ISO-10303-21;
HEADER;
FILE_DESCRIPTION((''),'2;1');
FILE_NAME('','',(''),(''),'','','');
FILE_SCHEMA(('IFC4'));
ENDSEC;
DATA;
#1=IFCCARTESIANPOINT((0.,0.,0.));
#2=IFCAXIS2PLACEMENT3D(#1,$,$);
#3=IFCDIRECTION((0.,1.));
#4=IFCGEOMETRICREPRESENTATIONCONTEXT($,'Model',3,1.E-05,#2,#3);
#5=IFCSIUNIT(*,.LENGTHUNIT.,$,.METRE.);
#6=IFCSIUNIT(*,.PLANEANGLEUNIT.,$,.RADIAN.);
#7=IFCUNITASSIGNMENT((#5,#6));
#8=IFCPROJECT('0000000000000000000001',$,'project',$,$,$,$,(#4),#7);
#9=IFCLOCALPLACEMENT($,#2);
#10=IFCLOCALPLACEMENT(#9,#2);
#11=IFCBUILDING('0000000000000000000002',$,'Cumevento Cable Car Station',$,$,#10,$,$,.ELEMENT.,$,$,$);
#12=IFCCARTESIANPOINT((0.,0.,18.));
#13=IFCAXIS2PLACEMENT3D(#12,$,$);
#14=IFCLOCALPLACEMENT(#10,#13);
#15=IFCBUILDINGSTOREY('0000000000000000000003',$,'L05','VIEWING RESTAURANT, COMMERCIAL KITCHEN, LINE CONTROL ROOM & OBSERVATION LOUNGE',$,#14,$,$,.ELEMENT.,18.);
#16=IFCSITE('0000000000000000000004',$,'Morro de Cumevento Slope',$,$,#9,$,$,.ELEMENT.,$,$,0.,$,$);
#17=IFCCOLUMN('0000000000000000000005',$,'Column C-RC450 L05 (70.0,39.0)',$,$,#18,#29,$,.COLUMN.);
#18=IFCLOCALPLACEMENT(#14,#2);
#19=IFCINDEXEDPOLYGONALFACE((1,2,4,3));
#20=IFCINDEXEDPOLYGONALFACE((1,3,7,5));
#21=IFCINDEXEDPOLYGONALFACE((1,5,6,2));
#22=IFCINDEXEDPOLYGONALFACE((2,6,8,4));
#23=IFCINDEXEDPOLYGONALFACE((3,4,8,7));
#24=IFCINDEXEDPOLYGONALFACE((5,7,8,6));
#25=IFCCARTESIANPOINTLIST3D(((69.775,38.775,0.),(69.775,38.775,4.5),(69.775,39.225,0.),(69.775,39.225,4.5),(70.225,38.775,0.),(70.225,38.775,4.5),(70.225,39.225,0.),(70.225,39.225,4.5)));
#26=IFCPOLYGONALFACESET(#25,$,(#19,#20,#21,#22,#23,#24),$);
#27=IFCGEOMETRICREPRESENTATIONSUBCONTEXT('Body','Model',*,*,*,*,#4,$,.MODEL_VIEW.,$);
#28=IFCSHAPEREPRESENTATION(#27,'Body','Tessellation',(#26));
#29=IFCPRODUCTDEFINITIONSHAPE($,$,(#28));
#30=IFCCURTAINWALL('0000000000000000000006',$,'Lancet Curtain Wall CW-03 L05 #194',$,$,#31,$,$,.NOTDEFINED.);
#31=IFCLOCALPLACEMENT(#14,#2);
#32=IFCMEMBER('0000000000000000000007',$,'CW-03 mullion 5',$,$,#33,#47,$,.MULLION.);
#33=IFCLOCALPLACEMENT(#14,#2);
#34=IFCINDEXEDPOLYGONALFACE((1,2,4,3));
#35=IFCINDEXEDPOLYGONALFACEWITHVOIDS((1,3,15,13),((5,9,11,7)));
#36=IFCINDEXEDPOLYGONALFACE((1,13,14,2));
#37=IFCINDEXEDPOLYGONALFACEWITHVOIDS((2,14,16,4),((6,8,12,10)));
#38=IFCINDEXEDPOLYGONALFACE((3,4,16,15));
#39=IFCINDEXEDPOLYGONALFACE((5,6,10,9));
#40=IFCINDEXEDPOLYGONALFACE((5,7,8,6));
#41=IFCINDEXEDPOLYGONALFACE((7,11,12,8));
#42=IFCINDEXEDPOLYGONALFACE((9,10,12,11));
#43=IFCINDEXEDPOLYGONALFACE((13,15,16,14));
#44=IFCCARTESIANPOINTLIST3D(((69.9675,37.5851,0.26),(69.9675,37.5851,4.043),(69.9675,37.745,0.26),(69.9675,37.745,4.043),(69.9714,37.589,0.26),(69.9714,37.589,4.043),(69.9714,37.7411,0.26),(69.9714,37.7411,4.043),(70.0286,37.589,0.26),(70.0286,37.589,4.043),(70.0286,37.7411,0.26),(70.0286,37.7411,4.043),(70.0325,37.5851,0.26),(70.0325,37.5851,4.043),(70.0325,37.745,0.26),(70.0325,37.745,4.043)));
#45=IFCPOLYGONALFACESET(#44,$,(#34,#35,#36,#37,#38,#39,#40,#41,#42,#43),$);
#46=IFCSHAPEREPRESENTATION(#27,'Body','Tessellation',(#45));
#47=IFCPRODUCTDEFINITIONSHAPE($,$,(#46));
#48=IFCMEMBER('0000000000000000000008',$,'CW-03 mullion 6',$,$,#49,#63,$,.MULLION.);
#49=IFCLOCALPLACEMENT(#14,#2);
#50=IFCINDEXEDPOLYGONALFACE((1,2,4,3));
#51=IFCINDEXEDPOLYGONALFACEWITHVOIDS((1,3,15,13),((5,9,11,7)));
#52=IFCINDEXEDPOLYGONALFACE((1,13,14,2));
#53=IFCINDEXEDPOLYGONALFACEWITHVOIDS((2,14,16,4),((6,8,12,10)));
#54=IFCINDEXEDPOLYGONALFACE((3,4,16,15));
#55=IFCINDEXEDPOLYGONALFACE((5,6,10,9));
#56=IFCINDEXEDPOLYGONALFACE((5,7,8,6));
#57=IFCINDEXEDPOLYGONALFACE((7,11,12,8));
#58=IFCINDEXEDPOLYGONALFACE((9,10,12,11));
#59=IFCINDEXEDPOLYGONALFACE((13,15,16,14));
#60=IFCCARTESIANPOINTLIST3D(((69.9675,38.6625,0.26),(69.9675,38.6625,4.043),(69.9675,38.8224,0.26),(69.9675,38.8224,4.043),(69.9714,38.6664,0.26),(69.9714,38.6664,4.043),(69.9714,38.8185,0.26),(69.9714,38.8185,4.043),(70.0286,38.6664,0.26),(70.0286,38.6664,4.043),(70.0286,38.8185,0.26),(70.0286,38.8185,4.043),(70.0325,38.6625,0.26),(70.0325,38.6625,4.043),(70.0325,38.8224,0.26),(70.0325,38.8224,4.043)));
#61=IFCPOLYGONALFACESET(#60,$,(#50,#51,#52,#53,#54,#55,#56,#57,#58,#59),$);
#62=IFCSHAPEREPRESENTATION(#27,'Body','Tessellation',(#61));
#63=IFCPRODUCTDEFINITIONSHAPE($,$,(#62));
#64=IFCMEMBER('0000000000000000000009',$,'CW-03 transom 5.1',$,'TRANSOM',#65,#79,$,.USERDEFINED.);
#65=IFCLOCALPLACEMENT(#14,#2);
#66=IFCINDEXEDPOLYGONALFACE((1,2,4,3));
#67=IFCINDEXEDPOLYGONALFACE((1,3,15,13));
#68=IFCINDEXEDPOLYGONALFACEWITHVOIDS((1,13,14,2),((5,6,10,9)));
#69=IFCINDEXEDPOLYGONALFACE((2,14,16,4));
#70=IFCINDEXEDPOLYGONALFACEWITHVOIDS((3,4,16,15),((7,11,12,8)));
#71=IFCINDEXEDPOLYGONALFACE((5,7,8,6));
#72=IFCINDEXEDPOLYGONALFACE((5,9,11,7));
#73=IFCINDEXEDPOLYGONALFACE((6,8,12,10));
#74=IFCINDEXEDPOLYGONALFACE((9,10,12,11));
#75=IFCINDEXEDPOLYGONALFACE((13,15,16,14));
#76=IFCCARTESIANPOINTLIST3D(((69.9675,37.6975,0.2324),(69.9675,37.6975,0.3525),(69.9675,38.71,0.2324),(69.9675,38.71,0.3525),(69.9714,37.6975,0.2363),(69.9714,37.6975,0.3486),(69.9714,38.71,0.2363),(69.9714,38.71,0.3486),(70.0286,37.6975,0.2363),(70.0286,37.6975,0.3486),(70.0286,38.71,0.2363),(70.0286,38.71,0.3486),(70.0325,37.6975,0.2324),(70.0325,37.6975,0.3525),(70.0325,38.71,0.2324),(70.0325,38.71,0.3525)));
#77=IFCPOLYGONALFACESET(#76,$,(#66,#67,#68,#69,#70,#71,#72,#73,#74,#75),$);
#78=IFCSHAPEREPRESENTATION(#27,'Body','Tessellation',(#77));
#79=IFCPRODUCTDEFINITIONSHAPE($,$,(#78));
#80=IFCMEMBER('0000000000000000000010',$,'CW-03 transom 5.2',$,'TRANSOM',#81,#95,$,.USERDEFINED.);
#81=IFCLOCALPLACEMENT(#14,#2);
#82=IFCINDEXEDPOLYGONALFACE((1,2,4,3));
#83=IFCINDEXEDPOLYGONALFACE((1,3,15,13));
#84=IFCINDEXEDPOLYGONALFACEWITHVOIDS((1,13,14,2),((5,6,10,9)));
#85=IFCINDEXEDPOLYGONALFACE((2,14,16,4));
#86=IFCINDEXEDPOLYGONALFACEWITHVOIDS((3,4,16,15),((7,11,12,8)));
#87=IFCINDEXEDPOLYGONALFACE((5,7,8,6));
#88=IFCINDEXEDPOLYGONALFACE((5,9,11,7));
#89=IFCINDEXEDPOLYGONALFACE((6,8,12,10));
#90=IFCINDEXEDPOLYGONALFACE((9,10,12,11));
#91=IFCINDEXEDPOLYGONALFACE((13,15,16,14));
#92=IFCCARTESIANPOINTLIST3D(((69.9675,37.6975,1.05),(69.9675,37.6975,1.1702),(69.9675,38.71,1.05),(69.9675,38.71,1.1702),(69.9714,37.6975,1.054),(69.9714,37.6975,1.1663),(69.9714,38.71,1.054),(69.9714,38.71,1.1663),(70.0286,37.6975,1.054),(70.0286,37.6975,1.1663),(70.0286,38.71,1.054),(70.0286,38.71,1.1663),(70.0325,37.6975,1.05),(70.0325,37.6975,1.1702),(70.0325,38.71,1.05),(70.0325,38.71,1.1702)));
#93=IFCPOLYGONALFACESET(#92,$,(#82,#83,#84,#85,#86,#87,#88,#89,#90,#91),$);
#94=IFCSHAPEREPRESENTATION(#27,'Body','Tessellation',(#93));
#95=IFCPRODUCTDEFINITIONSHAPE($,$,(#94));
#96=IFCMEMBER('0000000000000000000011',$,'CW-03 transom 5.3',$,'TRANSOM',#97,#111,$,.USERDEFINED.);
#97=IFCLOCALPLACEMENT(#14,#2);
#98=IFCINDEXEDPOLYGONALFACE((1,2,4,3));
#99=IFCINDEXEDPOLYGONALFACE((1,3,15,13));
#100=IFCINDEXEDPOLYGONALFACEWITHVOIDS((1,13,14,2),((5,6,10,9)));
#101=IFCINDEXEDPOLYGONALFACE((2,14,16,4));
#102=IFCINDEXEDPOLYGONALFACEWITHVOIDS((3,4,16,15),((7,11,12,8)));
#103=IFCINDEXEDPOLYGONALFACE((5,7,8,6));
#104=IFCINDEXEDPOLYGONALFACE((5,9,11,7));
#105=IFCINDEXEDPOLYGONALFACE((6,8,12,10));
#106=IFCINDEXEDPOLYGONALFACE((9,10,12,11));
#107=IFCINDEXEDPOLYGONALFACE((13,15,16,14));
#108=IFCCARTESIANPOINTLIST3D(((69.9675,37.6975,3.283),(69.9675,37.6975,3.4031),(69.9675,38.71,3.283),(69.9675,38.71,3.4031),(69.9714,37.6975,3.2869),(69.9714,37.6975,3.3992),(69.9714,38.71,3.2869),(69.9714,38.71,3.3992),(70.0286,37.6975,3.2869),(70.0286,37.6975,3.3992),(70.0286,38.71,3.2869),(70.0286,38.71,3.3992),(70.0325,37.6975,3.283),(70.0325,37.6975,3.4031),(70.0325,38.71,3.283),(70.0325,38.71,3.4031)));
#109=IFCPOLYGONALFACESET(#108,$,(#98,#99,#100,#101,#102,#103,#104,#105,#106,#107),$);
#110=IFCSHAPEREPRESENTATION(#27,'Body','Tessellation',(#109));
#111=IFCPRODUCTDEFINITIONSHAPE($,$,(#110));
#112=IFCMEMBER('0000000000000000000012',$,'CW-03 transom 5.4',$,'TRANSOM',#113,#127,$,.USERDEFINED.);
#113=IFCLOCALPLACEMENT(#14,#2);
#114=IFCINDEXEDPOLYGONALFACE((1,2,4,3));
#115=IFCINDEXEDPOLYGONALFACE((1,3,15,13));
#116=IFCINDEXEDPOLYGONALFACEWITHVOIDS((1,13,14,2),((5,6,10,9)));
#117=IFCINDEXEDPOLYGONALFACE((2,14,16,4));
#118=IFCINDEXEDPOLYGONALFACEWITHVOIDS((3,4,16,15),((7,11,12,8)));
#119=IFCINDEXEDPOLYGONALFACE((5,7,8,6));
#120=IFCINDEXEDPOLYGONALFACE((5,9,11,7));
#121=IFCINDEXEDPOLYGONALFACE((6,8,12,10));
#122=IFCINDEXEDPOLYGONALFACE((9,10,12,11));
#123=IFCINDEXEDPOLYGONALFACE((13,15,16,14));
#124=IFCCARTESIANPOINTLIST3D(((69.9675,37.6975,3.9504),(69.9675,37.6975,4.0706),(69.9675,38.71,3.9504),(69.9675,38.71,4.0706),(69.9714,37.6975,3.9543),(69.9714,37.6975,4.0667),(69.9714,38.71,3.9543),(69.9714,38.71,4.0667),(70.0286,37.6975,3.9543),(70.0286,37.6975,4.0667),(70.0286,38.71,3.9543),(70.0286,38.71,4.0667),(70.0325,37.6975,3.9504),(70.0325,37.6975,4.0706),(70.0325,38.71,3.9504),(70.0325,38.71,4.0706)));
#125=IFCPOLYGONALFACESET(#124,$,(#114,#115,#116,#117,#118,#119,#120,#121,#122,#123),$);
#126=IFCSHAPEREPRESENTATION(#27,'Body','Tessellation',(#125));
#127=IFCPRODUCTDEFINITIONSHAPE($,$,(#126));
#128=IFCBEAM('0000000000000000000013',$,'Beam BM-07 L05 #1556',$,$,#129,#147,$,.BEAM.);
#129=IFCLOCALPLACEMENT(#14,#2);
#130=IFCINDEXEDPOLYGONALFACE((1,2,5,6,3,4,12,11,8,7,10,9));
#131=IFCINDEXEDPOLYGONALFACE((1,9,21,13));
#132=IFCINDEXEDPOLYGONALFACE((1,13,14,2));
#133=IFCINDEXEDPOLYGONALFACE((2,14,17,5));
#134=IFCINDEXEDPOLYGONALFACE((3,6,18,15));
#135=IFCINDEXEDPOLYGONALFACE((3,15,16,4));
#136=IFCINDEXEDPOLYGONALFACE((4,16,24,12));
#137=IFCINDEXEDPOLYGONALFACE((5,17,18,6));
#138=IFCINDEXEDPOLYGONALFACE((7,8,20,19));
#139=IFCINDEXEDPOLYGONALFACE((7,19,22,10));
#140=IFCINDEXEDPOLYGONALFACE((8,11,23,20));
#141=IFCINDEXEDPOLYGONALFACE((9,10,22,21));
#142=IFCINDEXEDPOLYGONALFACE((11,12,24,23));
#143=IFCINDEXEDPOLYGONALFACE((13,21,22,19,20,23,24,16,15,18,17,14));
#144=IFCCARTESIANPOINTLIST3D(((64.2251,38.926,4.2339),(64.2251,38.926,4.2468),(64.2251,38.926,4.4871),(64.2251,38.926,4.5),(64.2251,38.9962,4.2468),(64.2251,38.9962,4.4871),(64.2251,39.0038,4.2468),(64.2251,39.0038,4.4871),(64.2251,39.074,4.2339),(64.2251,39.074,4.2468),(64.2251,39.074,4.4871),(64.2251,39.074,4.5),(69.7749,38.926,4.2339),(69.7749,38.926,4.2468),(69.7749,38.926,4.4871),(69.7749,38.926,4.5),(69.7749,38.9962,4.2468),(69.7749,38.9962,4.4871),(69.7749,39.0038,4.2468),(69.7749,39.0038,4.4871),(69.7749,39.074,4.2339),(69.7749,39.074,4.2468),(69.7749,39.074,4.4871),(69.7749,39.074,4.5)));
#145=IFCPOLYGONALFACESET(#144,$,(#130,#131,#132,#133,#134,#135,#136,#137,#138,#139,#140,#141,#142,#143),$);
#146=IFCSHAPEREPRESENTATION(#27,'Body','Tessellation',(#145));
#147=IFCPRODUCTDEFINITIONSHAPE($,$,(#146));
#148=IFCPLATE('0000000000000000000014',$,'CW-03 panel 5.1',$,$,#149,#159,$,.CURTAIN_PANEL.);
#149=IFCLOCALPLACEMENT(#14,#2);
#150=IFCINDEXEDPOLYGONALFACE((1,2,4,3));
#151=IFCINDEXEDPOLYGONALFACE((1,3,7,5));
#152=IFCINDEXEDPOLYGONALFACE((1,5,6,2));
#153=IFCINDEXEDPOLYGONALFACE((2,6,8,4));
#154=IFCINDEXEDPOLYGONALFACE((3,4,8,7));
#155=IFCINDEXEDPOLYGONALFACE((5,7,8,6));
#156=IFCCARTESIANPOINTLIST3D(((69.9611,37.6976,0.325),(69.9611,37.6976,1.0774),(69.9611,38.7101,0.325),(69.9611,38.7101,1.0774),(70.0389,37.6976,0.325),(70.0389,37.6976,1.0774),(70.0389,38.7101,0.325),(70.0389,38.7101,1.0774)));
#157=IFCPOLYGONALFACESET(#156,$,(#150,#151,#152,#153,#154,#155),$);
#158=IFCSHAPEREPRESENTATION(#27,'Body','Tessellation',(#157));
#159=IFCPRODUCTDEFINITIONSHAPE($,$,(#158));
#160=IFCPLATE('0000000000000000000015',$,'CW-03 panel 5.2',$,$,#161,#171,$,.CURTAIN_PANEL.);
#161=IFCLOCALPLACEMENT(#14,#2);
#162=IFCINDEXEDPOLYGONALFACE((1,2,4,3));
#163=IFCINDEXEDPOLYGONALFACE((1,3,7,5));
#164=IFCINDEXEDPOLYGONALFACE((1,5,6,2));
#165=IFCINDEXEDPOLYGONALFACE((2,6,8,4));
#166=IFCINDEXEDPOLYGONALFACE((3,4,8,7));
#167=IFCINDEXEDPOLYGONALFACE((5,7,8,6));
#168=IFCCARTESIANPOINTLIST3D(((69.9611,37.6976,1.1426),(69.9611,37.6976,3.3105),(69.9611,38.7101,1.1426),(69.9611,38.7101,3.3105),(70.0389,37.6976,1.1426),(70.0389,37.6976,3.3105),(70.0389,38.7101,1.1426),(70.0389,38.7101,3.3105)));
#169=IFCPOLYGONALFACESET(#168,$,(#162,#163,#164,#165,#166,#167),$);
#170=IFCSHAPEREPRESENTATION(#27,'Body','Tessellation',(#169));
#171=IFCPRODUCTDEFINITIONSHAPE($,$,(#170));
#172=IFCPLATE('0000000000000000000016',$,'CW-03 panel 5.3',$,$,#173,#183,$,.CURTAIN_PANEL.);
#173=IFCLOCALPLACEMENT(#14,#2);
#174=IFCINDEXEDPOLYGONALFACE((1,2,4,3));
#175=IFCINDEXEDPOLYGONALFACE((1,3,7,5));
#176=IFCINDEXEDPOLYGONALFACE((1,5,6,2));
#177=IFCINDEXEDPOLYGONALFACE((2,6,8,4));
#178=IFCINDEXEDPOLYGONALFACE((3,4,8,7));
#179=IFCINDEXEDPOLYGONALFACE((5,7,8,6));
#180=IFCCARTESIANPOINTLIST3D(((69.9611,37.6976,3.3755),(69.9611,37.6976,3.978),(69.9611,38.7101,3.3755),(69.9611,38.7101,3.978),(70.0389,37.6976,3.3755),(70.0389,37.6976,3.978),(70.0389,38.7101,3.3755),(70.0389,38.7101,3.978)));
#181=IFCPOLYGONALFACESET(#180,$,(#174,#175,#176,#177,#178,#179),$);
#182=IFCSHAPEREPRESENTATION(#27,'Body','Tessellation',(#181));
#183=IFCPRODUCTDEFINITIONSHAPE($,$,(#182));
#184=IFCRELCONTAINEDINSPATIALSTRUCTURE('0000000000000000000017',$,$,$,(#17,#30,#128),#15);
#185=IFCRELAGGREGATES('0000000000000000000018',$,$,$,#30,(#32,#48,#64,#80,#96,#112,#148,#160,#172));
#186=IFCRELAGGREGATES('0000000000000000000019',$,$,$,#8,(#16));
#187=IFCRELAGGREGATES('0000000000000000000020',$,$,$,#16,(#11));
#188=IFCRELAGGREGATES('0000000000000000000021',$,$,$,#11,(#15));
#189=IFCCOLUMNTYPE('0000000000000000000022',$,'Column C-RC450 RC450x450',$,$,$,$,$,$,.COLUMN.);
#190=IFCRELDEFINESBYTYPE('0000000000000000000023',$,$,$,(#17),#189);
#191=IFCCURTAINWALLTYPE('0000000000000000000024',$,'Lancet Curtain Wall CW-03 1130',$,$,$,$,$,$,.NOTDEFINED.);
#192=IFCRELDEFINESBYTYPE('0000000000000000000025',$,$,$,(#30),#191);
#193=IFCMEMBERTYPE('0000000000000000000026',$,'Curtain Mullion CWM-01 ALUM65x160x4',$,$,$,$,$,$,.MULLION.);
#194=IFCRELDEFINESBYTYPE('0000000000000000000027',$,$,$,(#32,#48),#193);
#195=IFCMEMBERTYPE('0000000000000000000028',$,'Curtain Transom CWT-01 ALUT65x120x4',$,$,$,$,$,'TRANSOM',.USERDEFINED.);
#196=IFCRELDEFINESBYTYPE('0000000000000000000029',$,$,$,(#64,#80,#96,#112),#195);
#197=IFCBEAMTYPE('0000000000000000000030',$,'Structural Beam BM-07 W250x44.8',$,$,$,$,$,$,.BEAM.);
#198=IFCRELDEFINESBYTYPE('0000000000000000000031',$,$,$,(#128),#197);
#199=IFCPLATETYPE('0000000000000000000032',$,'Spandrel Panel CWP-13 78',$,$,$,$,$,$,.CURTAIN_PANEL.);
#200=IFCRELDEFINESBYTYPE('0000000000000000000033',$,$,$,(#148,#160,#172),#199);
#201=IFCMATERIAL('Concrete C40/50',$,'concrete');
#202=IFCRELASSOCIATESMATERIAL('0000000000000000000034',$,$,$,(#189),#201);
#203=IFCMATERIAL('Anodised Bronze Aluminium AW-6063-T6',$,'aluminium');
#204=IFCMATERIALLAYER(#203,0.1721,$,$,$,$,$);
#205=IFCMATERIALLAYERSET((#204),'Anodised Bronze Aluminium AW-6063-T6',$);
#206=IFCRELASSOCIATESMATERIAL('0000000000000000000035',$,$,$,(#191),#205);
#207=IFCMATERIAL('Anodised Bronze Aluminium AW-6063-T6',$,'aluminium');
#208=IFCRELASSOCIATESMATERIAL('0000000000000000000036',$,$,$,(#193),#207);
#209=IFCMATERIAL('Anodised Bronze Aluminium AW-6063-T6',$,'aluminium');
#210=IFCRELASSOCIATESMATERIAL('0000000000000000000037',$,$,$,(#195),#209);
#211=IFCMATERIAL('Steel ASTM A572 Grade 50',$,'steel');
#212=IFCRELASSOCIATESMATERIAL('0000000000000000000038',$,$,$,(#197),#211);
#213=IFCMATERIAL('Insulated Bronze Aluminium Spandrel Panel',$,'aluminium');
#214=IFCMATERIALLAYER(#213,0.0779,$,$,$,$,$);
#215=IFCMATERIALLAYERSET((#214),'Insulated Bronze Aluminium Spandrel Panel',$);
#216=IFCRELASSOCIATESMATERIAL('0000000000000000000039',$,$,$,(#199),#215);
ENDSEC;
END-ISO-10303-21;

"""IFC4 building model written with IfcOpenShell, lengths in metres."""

from ifc_helpers import new_model, si_unit, direction, frame, origin, origin_2d, place, context, subcontext, project, spatial, rectangle, hollow_rectangle, i_section, extrude, material, layer, layer_set, material_profile, profile_set, type_object, element, aggregate, save


model = new_model("IFC4")

# Units and contexts
model_context = context("Model", 3, precision=1e-05, world=origin(), true_north=direction((0.0, 1.0)))
body_context = subcontext(model_context, "Body", "Model", "MODEL_VIEW")
ifc_project = project(units=[si_unit("LENGTHUNIT", "METRE"), si_unit("PLANEANGLEUNIT", "RADIAN")], contexts=[model_context])

# Site, building, storey
site_placement = place(None, origin())
site = spatial("IfcSite", under=ifc_project, at=site_placement, Name="Morro de Cumevento Slope", CompositionType="ELEMENT", RefElevation=0.0)
building_placement = place(site_placement, origin())
building = spatial("IfcBuilding", under=site, at=building_placement, Name="Cumevento Cable Car Station", CompositionType="ELEMENT")
storey_placement = place(building_placement, frame((0.0, 0.0, 18.0)))
storey = spatial("IfcBuildingStorey", under=building, at=storey_placement, Name="L05", Description="VIEWING RESTAURANT, COMMERCIAL KITCHEN, LINE CONTROL ROOM & OBSERVATION LOUNGE", CompositionType="ELEMENT", Elevation=18.0)

# Column
ifc_material_1 = material(Name="Concrete C40/50", Category="concrete")
ifc_material_profile_1 = material_profile(ifc_material_1, rectangle(XDim=0.45, YDim=0.45, at=origin_2d()), Name="RC450x450")
ifc_profile_set_1 = profile_set([ifc_material_profile_1], Name="Concrete C40/50")
column_type = type_object("IfcColumnType", Name="Column C-RC450 RC450x450", PredefinedType="COLUMN", material=ifc_profile_set_1)
column_placement = place(storey_placement, frame((70.0, 39.0, 0.0), z_axis=(0.0, 0.0, 1.0), x_axis=(1.0, 0.0, 0.0)))
element("IfcColumn", 1, at=column_placement, inside=storey, type_object=column_type, Name="Column C-RC450 L05 (70.0,39.0)", PredefinedType="COLUMN", context=body_context, shape_type="SweptSolid", body=[
    extrude(rectangle(XDim=0.45, YDim=0.45, at=origin_2d()), origin(), (0.0, 0.0, 1.0), 4.5),
])

# Curtain wall, members
ifc_material_2 = material(Name="Anodised Bronze Aluminium AW-6063-T6", Category="aluminium")
ifc_layer_1 = layer(ifc_material_2, 0.1721)
ifc_layer_set_1 = layer_set([ifc_layer_1], Name="Anodised Bronze Aluminium AW-6063-T6")
curtain_wall_type = type_object("IfcCurtainWallType", Name="Lancet Curtain Wall CW-03 1130", PredefinedType="NOTDEFINED", material=ifc_layer_set_1)
curtain_wall_placement = place(storey_placement, origin())
curtain_wall = element("IfcCurtainWall", 2, at=curtain_wall_placement, inside=storey, type_object=curtain_wall_type, Name="Lancet Curtain Wall CW-03 L05 #194", PredefinedType="NOTDEFINED")
ifc_material_3 = material(Name="Anodised Bronze Aluminium AW-6063-T6", Category="aluminium")
ifc_material_profile_2 = material_profile(ifc_material_3, hollow_rectangle(XDim=0.0649, YDim=0.1599, WallThickness=0.0039, at=origin_2d()), Name="ALUM65x160x4")
ifc_profile_set_2 = profile_set([ifc_material_profile_2], Name="Anodised Bronze Aluminium AW-6063-T6")
member_type_1 = type_object("IfcMemberType", Name="Curtain Mullion CWM-01 ALUM65x160x4", PredefinedType="MULLION", material=ifc_profile_set_2)
member_1_placement = place(storey_placement, frame((70.0, 37.665, 0.26), z_axis=(0.0, 0.0, 1.0), x_axis=(-1.0, 0.0, 0.0)))
member_1 = element("IfcMember", 3, at=member_1_placement, type_object=member_type_1, Name="CW-03 mullion 5", PredefinedType="MULLION", context=body_context, shape_type="SweptSolid", body=[
    extrude(hollow_rectangle(XDim=0.0649, YDim=0.1599, WallThickness=0.0039, at=origin_2d()), origin(), (0.0, 0.0, 1.0), 3.783),
])
member_2_placement = place(storey_placement, frame((70.0, 38.7424, 0.26), z_axis=(0.0, 0.0, 1.0), x_axis=(-1.0, 0.0, 0.0)))
member_2 = element("IfcMember", 4, at=member_2_placement, type_object=member_type_1, Name="CW-03 mullion 6", PredefinedType="MULLION", context=body_context, shape_type="SweptSolid", body=[
    extrude(hollow_rectangle(XDim=0.0649, YDim=0.1599, WallThickness=0.0039, at=origin_2d()), origin(), (0.0, 0.0, 1.0), 3.783),
])
ifc_material_4 = material(Name="Anodised Bronze Aluminium AW-6063-T6", Category="aluminium")
ifc_material_profile_3 = material_profile(ifc_material_4, hollow_rectangle(XDim=0.0649, YDim=0.1201, WallThickness=0.0039, at=origin_2d()), Name="ALUT65x120x4")
ifc_profile_set_3 = profile_set([ifc_material_profile_3], Name="Anodised Bronze Aluminium AW-6063-T6")
member_type_2 = type_object("IfcMemberType", Name="Curtain Transom CWT-01 ALUT65x120x4", ElementType="TRANSOM", PredefinedType="USERDEFINED", material=ifc_profile_set_3)
member_3_placement = place(storey_placement, frame((70.0, 37.6975, 0.2925), z_axis=(0.0, 1.0, 0.0), x_axis=(-1.0, 0.0, 0.0)))
member_3 = element("IfcMember", 5, at=member_3_placement, type_object=member_type_2, Name="CW-03 transom 5.1", ObjectType="TRANSOM", PredefinedType="USERDEFINED", context=body_context, shape_type="SweptSolid", body=[
    extrude(hollow_rectangle(XDim=0.0649, YDim=0.1201, WallThickness=0.0039, at=origin_2d()), origin(), (0.0, 0.0, 1.0), 1.0125),
])
member_4_placement = place(storey_placement, frame((70.0, 37.6975, 1.1101), z_axis=(0.0, 1.0, 0.0), x_axis=(-1.0, 0.0, 0.0)))
member_4 = element("IfcMember", 6, at=member_4_placement, type_object=member_type_2, Name="CW-03 transom 5.2", ObjectType="TRANSOM", PredefinedType="USERDEFINED", context=body_context, shape_type="SweptSolid", body=[
    extrude(hollow_rectangle(XDim=0.0649, YDim=0.1201, WallThickness=0.0039, at=origin_2d()), origin(), (0.0, 0.0, 1.0), 1.0125),
])
member_5_placement = place(storey_placement, frame((70.0, 37.6975, 3.343), z_axis=(0.0, 1.0, 0.0), x_axis=(-1.0, 0.0, 0.0)))
member_5 = element("IfcMember", 7, at=member_5_placement, type_object=member_type_2, Name="CW-03 transom 5.3", ObjectType="TRANSOM", PredefinedType="USERDEFINED", context=body_context, shape_type="SweptSolid", body=[
    extrude(hollow_rectangle(XDim=0.0649, YDim=0.1201, WallThickness=0.0039, at=origin_2d()), origin(), (0.0, 0.0, 1.0), 1.0125),
])
member_6_placement = place(storey_placement, frame((70.0, 37.6975, 4.0105), z_axis=(0.0, 1.0, 0.0), x_axis=(-1.0, 0.0, 0.0)))
member_6 = element("IfcMember", 8, at=member_6_placement, type_object=member_type_2, Name="CW-03 transom 5.4", ObjectType="TRANSOM", PredefinedType="USERDEFINED", context=body_context, shape_type="SweptSolid", body=[
    extrude(hollow_rectangle(XDim=0.0649, YDim=0.1201, WallThickness=0.0039, at=origin_2d()), origin(), (0.0, 0.0, 1.0), 1.0125),
])

# Beam
ifc_material_5 = material(Name="Steel ASTM A572 Grade 50", Category="steel")
ifc_material_profile_4 = material_profile(ifc_material_5, i_section(OverallWidth=0.1479, OverallDepth=0.2661, WebThickness=0.0076, FlangeThickness=0.0129, at=origin_2d()), Name="W250x44.8")
ifc_profile_set_4 = profile_set([ifc_material_profile_4], Name="Steel ASTM A572 Grade 50")
beam_type = type_object("IfcBeamType", Name="Structural Beam BM-07 W250x44.8", PredefinedType="BEAM", material=ifc_profile_set_4)
beam_placement = place(storey_placement, frame((64.2251, 39.0, 4.3669), z_axis=(1.0, 0.0, 0.0), x_axis=(0.0, 1.0, 0.0)))
element("IfcBeam", 9, at=beam_placement, inside=storey, type_object=beam_type, Name="Beam BM-07 L05 #1556", PredefinedType="BEAM", context=body_context, shape_type="SweptSolid", body=[
    extrude(i_section(OverallWidth=0.1479, OverallDepth=0.2661, WebThickness=0.0076, FlangeThickness=0.0129, at=origin_2d()), origin(), (0.0, 0.0, 1.0), 5.5498),
])

# Plates
ifc_material_6 = material(Name="Insulated Bronze Aluminium Spandrel Panel", Category="aluminium")
ifc_layer_2 = layer(ifc_material_6, 0.0779)
ifc_layer_set_2 = layer_set([ifc_layer_2], Name="Insulated Bronze Aluminium Spandrel Panel")
plate_type = type_object("IfcPlateType", Name="Spandrel Panel CWP-13 78", PredefinedType="CURTAIN_PANEL", material=ifc_layer_set_2)
plate_1_placement = place(storey_placement, frame((70.0, 38.2039, 0.325), z_axis=(0.0, 0.0, 1.0), x_axis=(0.0, 1.0, 0.0)))
plate_1 = element("IfcPlate", 10, at=plate_1_placement, type_object=plate_type, Name="CW-03 panel 5.1", PredefinedType="CURTAIN_PANEL", context=body_context, shape_type="SweptSolid", body=[
    extrude(rectangle(XDim=1.0125, YDim=0.0779, at=origin_2d()), origin(), (0.0, 0.0, 1.0), 0.7524),
])
plate_2_placement = place(storey_placement, frame((70.0, 38.2039, 1.1426), z_axis=(0.0, 0.0, 1.0), x_axis=(0.0, 1.0, 0.0)))
plate_2 = element("IfcPlate", 11, at=plate_2_placement, type_object=plate_type, Name="CW-03 panel 5.2", PredefinedType="CURTAIN_PANEL", context=body_context, shape_type="SweptSolid", body=[
    extrude(rectangle(XDim=1.0125, YDim=0.0779, at=origin_2d()), origin(), (0.0, 0.0, 1.0), 2.168),
])
plate_3_placement = place(storey_placement, frame((70.0, 38.2039, 3.3755), z_axis=(0.0, 0.0, 1.0), x_axis=(0.0, 1.0, 0.0)))
plate_3 = element("IfcPlate", 12, at=plate_3_placement, type_object=plate_type, Name="CW-03 panel 5.3", PredefinedType="CURTAIN_PANEL", context=body_context, shape_type="SweptSolid", body=[
    extrude(rectangle(XDim=1.0125, YDim=0.0779, at=origin_2d()), origin(), (0.0, 0.0, 1.0), 0.6025),
])
aggregate(curtain_wall, [member_1, member_2, member_3, member_4, member_5, member_6, plate_1, plate_2, plate_3])

save(model, "model.ifc")
